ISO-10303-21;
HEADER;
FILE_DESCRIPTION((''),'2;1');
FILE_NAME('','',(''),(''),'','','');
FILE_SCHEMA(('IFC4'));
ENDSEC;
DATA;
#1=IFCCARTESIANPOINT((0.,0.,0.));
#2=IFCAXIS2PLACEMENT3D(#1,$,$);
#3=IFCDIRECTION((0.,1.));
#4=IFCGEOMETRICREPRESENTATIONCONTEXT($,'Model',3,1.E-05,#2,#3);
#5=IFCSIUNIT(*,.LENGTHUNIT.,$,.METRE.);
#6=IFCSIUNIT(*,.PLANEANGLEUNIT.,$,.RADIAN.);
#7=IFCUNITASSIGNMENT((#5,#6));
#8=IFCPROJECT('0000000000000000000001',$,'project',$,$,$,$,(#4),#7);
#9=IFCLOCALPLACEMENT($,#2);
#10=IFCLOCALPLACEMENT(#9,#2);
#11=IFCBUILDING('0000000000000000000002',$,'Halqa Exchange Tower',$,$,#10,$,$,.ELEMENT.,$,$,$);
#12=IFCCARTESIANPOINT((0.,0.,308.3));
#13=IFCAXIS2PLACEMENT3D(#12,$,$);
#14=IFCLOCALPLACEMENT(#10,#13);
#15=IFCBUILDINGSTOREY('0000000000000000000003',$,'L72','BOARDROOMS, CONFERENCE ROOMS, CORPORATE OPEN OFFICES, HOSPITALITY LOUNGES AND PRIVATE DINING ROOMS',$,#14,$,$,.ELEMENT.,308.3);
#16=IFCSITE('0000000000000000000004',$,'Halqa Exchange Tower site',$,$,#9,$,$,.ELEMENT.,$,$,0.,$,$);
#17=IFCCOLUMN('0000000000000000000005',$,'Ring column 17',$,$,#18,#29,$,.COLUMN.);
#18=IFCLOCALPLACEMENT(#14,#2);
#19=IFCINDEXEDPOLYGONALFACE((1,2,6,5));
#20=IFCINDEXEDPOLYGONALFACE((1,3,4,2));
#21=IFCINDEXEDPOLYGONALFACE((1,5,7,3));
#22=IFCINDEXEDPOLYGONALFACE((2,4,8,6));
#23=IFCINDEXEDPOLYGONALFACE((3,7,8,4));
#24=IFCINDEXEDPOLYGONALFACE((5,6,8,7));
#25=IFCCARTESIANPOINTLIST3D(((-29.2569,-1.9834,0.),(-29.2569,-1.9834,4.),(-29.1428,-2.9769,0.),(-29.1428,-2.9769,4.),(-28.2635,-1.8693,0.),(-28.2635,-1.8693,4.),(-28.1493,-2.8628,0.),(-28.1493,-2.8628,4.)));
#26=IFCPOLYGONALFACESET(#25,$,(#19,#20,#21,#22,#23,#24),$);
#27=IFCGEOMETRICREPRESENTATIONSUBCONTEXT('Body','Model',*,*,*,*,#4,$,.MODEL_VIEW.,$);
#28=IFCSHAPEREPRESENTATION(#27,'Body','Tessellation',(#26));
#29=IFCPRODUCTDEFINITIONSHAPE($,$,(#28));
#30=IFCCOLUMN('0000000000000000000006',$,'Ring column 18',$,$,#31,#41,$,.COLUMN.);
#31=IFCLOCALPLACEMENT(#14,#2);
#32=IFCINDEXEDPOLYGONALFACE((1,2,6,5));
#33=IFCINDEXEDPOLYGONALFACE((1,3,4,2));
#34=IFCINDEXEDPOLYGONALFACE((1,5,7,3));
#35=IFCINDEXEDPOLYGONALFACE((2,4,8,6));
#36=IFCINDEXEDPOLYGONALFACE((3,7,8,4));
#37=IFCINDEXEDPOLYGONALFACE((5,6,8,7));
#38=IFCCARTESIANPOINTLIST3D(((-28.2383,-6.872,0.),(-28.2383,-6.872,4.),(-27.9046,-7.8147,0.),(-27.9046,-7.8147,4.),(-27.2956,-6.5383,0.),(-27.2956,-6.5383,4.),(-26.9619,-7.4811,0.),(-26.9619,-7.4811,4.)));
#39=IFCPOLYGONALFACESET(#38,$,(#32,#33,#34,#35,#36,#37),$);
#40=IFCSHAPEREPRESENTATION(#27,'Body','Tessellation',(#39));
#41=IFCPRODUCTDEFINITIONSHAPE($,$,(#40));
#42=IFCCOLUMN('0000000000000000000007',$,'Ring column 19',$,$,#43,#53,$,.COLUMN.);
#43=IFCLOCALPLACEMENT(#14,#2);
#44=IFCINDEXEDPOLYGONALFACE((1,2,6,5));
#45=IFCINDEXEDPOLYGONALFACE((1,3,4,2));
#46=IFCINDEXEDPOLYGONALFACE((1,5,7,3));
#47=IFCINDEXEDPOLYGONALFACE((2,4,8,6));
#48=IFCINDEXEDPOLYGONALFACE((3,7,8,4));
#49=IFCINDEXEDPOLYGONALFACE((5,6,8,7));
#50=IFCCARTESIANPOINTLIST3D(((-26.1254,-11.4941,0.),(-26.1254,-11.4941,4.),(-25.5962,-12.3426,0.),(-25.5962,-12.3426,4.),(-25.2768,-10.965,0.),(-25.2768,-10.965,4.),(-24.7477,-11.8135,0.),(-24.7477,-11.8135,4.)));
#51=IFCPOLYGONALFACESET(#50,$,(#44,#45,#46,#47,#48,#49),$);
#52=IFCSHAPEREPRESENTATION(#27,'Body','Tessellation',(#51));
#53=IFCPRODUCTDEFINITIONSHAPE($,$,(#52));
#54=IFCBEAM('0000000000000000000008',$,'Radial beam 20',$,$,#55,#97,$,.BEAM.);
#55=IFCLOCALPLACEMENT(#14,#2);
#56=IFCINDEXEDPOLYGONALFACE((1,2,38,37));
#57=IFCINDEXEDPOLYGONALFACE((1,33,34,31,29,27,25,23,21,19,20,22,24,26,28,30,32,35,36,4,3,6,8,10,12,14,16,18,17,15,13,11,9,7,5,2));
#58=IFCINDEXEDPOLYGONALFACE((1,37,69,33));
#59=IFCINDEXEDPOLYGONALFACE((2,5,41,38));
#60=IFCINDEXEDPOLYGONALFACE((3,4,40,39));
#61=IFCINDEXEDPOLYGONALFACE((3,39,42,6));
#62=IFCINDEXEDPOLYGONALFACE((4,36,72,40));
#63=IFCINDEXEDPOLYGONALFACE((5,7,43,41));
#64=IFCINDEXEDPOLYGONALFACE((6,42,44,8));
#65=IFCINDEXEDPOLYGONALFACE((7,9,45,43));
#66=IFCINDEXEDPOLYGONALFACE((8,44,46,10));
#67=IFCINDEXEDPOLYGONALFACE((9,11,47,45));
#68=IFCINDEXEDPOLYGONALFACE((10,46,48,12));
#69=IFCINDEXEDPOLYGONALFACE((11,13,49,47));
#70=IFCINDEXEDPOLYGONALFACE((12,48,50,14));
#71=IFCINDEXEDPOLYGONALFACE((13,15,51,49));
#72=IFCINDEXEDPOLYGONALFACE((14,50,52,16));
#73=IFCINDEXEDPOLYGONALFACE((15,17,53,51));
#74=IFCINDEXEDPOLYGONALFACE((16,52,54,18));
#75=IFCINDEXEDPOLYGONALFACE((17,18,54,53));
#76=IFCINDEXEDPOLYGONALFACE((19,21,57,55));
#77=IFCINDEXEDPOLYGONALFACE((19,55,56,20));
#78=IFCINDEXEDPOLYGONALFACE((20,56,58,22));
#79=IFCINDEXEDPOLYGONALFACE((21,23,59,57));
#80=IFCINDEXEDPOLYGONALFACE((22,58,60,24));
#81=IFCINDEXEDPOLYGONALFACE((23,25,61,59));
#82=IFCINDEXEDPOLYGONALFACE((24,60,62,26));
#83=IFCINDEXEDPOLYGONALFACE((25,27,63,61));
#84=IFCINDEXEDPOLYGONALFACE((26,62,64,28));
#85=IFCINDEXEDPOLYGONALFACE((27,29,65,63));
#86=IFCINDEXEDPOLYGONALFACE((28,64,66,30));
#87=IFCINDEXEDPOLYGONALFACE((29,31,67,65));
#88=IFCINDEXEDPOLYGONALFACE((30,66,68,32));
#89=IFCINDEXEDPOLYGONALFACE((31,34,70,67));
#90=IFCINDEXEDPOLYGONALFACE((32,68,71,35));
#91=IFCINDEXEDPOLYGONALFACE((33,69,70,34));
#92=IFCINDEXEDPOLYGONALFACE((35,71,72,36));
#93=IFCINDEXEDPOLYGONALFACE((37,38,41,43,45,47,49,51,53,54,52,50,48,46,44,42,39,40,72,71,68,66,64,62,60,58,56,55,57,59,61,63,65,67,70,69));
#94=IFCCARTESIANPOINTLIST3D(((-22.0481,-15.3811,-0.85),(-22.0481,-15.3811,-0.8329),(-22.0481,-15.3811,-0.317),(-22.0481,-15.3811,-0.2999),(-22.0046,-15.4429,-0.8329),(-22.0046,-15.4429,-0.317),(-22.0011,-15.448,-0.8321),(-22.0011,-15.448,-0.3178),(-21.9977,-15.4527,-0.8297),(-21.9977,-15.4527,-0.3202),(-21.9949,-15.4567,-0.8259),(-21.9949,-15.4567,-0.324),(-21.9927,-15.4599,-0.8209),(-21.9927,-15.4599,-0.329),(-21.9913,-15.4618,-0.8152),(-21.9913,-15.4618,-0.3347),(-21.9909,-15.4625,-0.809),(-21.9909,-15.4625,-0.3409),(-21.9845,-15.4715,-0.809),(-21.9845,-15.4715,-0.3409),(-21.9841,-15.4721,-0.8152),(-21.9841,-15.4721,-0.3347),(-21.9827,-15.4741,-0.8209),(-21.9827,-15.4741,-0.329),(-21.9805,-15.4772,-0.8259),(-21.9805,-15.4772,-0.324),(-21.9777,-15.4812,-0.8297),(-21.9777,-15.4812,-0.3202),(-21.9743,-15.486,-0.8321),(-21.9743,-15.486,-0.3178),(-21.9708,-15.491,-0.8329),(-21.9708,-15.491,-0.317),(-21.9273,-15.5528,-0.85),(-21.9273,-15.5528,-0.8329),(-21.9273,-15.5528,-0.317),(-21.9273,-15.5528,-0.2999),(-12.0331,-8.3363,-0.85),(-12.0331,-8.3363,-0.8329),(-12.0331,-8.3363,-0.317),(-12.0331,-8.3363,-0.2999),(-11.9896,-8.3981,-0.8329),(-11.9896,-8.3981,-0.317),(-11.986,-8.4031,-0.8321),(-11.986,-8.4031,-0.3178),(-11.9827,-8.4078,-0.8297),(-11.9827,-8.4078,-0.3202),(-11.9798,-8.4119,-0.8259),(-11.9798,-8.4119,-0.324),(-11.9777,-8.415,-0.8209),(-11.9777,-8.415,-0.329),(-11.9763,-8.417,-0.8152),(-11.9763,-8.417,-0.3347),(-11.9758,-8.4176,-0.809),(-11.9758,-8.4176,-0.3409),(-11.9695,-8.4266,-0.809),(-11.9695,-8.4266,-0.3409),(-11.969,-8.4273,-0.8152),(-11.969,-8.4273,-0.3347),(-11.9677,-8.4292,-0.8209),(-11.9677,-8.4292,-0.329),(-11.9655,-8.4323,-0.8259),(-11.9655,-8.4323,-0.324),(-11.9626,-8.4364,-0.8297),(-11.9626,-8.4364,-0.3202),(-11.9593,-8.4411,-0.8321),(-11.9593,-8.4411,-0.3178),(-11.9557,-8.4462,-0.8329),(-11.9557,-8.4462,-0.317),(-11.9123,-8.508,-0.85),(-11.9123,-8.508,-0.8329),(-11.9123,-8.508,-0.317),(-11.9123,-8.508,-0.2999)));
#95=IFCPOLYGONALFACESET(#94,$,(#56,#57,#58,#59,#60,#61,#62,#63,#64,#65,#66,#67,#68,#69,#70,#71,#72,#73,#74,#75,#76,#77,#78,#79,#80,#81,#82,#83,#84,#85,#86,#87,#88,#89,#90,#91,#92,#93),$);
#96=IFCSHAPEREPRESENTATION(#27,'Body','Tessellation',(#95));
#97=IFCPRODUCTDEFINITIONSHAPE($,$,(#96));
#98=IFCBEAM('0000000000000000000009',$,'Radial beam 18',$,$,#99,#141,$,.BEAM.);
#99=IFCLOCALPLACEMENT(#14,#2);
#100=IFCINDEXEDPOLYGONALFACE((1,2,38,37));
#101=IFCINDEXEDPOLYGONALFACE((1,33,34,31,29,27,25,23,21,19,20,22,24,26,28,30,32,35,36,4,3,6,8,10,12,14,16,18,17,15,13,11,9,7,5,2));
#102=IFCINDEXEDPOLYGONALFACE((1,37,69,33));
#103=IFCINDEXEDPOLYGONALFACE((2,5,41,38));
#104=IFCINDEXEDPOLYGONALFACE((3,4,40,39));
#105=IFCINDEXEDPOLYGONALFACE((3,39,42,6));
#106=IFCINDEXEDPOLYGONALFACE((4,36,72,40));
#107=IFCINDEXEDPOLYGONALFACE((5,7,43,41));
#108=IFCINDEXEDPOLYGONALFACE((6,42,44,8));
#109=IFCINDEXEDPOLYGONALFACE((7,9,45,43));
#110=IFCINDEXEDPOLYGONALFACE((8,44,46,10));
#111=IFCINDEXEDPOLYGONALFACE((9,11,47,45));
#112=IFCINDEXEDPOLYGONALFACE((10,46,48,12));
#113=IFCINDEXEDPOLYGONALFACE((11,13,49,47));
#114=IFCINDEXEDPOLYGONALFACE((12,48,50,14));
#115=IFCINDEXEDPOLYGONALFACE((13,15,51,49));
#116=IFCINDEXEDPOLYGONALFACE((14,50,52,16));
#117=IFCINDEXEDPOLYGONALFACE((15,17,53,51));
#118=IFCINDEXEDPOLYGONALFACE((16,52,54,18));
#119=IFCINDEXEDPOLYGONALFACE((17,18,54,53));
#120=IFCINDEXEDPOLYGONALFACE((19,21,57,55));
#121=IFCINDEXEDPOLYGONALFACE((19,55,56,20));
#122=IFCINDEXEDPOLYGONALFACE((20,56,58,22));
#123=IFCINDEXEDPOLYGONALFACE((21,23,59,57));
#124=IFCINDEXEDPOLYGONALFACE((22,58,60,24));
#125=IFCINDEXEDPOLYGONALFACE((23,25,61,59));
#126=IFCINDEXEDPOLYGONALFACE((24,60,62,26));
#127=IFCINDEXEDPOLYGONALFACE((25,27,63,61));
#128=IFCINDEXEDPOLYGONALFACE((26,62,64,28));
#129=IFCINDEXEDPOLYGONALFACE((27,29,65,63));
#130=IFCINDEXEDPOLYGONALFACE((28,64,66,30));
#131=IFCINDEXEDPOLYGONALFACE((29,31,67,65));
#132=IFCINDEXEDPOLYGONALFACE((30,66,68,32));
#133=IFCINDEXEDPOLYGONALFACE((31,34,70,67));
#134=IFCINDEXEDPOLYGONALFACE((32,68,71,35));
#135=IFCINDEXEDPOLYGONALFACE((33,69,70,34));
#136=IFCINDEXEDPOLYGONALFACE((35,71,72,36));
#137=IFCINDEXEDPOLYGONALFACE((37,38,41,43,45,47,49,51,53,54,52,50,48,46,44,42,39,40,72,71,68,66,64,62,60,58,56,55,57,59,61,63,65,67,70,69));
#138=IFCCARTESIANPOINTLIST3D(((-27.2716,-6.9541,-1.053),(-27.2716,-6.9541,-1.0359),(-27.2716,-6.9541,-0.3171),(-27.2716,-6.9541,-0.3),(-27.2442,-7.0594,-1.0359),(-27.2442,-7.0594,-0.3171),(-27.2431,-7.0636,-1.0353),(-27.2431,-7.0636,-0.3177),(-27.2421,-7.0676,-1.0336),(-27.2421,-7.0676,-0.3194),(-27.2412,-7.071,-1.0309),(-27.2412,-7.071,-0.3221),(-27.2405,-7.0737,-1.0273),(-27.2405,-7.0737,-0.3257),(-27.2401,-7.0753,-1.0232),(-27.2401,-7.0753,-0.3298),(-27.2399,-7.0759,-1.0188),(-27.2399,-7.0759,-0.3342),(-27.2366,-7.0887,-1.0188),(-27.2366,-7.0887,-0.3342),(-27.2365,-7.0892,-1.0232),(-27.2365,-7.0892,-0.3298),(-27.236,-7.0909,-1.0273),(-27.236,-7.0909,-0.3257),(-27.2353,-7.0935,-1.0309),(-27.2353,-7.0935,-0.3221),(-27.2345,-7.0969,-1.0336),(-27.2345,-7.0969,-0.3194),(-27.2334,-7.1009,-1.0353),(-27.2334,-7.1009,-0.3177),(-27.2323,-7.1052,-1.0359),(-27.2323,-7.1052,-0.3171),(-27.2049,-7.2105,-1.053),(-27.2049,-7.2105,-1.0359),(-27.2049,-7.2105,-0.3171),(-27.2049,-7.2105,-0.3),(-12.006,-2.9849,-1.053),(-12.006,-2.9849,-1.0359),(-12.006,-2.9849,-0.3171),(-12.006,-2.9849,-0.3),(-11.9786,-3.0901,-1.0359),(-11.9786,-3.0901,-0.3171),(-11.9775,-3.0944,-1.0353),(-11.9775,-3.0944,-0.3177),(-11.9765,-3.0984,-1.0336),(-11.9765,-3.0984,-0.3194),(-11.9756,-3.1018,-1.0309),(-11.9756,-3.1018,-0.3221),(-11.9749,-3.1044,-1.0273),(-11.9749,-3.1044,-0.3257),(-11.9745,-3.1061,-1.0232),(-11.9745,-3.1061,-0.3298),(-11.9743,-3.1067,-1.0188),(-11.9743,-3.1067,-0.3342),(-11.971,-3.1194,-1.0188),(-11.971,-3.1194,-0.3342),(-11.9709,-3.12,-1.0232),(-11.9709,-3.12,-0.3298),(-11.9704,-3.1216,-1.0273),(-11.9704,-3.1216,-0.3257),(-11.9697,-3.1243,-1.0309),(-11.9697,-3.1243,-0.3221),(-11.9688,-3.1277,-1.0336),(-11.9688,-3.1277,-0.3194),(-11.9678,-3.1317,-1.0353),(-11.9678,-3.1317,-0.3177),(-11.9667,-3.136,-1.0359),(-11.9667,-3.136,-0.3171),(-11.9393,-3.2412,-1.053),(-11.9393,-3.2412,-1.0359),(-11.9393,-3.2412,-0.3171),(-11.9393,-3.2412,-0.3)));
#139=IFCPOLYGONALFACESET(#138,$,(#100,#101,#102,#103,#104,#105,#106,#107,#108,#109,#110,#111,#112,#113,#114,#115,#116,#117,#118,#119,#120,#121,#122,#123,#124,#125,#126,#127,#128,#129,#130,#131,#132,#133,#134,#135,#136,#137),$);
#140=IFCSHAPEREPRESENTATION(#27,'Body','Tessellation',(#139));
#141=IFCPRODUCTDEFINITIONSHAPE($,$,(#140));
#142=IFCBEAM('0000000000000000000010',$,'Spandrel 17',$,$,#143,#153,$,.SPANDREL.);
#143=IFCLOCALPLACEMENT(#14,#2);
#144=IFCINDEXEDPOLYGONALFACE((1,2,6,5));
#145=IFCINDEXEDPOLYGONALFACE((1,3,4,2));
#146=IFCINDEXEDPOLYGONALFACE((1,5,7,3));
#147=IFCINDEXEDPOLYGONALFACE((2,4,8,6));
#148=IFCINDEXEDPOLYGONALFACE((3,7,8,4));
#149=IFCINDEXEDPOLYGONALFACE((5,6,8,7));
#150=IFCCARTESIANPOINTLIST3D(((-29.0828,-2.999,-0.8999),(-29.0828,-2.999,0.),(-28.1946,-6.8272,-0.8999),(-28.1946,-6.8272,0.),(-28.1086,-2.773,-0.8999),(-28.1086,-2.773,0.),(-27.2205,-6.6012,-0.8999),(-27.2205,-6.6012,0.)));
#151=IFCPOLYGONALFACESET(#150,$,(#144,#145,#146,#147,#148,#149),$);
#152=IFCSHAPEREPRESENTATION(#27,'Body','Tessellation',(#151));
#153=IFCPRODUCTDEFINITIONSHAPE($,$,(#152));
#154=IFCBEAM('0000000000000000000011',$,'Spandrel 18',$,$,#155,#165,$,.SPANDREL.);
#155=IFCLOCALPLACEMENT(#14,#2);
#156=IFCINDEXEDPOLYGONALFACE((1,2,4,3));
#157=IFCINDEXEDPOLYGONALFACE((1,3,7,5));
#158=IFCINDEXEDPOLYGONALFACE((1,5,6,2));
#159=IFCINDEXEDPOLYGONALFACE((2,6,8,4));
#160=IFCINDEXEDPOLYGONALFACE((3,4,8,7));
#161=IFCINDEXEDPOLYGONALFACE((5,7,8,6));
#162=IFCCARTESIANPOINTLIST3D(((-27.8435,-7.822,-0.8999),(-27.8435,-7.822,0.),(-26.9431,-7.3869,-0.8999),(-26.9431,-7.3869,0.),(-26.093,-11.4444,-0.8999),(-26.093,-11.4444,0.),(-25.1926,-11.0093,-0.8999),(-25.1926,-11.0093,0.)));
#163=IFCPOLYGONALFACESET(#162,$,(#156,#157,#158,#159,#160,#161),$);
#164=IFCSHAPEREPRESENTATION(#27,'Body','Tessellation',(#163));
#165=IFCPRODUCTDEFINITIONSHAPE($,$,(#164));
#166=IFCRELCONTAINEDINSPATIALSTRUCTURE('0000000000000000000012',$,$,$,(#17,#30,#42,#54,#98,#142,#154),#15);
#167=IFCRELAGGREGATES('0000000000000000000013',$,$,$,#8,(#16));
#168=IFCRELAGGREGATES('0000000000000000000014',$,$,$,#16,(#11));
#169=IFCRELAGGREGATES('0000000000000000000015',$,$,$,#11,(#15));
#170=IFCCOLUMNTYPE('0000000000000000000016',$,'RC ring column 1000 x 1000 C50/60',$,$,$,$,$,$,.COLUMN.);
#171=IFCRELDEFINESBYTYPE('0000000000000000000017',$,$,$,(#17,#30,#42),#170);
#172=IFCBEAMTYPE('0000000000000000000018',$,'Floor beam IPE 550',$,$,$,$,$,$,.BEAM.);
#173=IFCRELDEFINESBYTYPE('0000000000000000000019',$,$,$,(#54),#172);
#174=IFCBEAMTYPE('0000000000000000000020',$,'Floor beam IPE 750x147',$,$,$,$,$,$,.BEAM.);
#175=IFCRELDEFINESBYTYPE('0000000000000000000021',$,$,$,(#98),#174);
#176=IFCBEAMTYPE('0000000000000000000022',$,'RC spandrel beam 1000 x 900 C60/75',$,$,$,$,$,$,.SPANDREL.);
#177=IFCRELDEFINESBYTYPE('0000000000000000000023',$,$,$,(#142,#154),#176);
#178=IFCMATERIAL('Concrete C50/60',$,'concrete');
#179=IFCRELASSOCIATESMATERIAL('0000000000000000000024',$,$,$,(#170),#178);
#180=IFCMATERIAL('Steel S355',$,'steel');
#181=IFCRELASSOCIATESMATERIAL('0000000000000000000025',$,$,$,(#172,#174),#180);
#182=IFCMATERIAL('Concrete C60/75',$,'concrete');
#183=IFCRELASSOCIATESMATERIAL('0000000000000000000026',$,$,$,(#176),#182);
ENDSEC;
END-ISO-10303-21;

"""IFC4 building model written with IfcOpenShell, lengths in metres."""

from ifc_helpers import new_model, si_unit, direction, frame, origin, origin_2d, place, context, subcontext, project, spatial, rectangle, i_section, extrude, material, material_profile, profile_set, type_object, element, save


model = new_model("IFC4")

# Units and contexts
model_context = context("Model", 3, precision=1e-05, world=origin(), true_north=direction((0.0, 1.0)))
body_context = subcontext(model_context, "Body", "Model", "MODEL_VIEW")
ifc_project = project(units=[si_unit("LENGTHUNIT", "METRE"), si_unit("PLANEANGLEUNIT", "RADIAN")], contexts=[model_context])

# Site, building, storey
site_placement = place(None, origin())
site = spatial("IfcSite", under=ifc_project, at=site_placement, Name="Halqa Exchange Tower site", CompositionType="ELEMENT", RefElevation=0.0)
building_placement = place(site_placement, origin())
building = spatial("IfcBuilding", under=site, at=building_placement, Name="Halqa Exchange Tower", CompositionType="ELEMENT")
storey_placement = place(building_placement, frame((0.0, 0.0, 308.3)))
storey = spatial("IfcBuildingStorey", under=building, at=storey_placement, Name="L72", Description="BOARDROOMS, CONFERENCE ROOMS, CORPORATE OPEN OFFICES, HOSPITALITY LOUNGES AND PRIVATE DINING ROOMS", CompositionType="ELEMENT", Elevation=308.3)

# Columns
ifc_material_1 = material(Name="Concrete C50/60", Category="concrete")
ifc_material_profile_1 = material_profile(ifc_material_1, rectangle(XDim=1.0, YDim=1.0, at=origin_2d()), Name="1000 x 1000")
ifc_profile_set_1 = profile_set([ifc_material_profile_1], Name="Concrete C50/60")
column_type = type_object("IfcColumnType", Name="RC ring column 1000 x 1000 C50/60", PredefinedType="COLUMN", material=ifc_profile_set_1)
for number, where, z_axis, x_axis, name in (
    (1, (-28.7031, -2.4231, 0.0), (0.0, 0.0, 1.0), (0.11415, -0.993464, 0.0), "Ring column 17"),
    (2, (-27.6001, -7.1765, 0.0), (0.0, 0.0, 1.0), (0.333623, -0.942707, 0.0), "Ring column 18"),
    (3, (-25.4365, -11.6538, 0.0), (0.0, 0.0, 1.0), (0.529151, -0.848528, 0.0), "Ring column 19"),
):
    element("IfcColumn", number, at=place(storey_placement, frame(where, z_axis=z_axis, x_axis=x_axis)), inside=storey, type_object=column_type, Name=name, PredefinedType="COLUMN", context=body_context, shape_type="SweptSolid", body=[
        extrude(rectangle(XDim=1.0, YDim=1.0, at=origin_2d()), origin(), (0.0, 0.0, 1.0), 4.0),
    ])

# Beams
ifc_material_2 = material(Name="Steel S355", Category="steel")
ifc_material_profile_2 = material_profile(ifc_material_2, i_section(OverallWidth=0.21, OverallDepth=0.55, WebThickness=0.011, FlangeThickness=0.0171, FilletRadius=0.0239, at=origin_2d()), Name="IPE 550")
ifc_profile_set_2 = profile_set([ifc_material_profile_2], Name="Steel S355")
beam_type_1 = type_object("IfcBeamType", Name="Floor beam IPE 550", PredefinedType="BEAM", material=ifc_profile_set_2)
beam_1_placement = place(storey_placement, frame((-11.9727, -8.4221, -0.575), z_axis=(-0.817913, -0.575342, 0.0), x_axis=(0.575342, -0.817913, 0.0)))
element("IfcBeam", 4, at=beam_1_placement, inside=storey, type_object=beam_type_1, Name="Radial beam 20", PredefinedType="BEAM", context=body_context, shape_type="SweptSolid", body=[
    extrude(i_section(OverallWidth=0.21, OverallDepth=0.55, WebThickness=0.011, FlangeThickness=0.0171, FilletRadius=0.0239, at=origin_2d()), origin(), (0.0, 0.0, 1.0), 12.2446),
])
ifc_material_profile_3 = material_profile(ifc_material_2, i_section(OverallWidth=0.2649, OverallDepth=0.7529, WebThickness=0.0132, FlangeThickness=0.0171, FilletRadius=0.0171, at=origin_2d()), Name="IPE 750x147")
ifc_profile_set_3 = profile_set([ifc_material_profile_3], Name="Steel S355")
beam_type_2 = type_object("IfcBeamType", Name="Floor beam IPE 750x147", PredefinedType="BEAM", material=ifc_profile_set_3)
beam_2_placement = place(storey_placement, frame((-11.9727, -3.113, -0.6765), z_axis=(-0.96782, -0.251644, 0.0), x_axis=(0.251644, -0.96782, 0.0)))
element("IfcBeam", 5, at=beam_2_placement, inside=storey, type_object=beam_type_2, Name="Radial beam 18", PredefinedType="BEAM", context=body_context, shape_type="SweptSolid", body=[
    extrude(i_section(OverallWidth=0.2649, OverallDepth=0.7529, WebThickness=0.0132, FlangeThickness=0.0171, FilletRadius=0.0171, at=origin_2d()), origin(), (0.0, 0.0, 1.0), 15.7732),
])
ifc_material_3 = material(Name="Concrete C60/75", Category="concrete")
ifc_material_profile_4 = material_profile(ifc_material_3, rectangle(XDim=1.0, YDim=0.8999, at=origin_2d()), Name="1000 x 900")
ifc_profile_set_4 = profile_set([ifc_material_profile_4], Name="Concrete C60/75")
beam_type_3 = type_object("IfcBeamType", Name="RC spandrel beam 1000 x 900 C60/75", PredefinedType="SPANDREL", material=ifc_profile_set_4)
beam_3_placement = place(storey_placement, frame((-28.5957, -2.886, -0.45), z_axis=(0.225998, -0.974128, 0.0), x_axis=(0.974128, 0.225998, 0.0)))
element("IfcBeam", 6, at=beam_3_placement, inside=storey, type_object=beam_type_3, Name="Spandrel 17", PredefinedType="SPANDREL", context=body_context, shape_type="SweptSolid", body=[
    extrude(rectangle(XDim=1.0, YDim=0.8999, at=origin_2d()), origin(), (0.0, 0.0, 1.0), 3.9299),
])
beam_4_placement = place(storey_placement, frame((-27.3933, -7.6045, -0.45), z_axis=(0.435109, -0.900378, 0.0), x_axis=(0.900378, 0.435109, 0.0)))
element("IfcBeam", 7, at=beam_4_placement, inside=storey, type_object=beam_type_3, Name="Spandrel 18", PredefinedType="SPANDREL", context=body_context, shape_type="SweptSolid", body=[
    extrude(rectangle(XDim=1.0, YDim=0.8999, at=origin_2d()), origin(), (0.0, 0.0, 1.0), 4.0232),
])

save(model, "model.ifc")
